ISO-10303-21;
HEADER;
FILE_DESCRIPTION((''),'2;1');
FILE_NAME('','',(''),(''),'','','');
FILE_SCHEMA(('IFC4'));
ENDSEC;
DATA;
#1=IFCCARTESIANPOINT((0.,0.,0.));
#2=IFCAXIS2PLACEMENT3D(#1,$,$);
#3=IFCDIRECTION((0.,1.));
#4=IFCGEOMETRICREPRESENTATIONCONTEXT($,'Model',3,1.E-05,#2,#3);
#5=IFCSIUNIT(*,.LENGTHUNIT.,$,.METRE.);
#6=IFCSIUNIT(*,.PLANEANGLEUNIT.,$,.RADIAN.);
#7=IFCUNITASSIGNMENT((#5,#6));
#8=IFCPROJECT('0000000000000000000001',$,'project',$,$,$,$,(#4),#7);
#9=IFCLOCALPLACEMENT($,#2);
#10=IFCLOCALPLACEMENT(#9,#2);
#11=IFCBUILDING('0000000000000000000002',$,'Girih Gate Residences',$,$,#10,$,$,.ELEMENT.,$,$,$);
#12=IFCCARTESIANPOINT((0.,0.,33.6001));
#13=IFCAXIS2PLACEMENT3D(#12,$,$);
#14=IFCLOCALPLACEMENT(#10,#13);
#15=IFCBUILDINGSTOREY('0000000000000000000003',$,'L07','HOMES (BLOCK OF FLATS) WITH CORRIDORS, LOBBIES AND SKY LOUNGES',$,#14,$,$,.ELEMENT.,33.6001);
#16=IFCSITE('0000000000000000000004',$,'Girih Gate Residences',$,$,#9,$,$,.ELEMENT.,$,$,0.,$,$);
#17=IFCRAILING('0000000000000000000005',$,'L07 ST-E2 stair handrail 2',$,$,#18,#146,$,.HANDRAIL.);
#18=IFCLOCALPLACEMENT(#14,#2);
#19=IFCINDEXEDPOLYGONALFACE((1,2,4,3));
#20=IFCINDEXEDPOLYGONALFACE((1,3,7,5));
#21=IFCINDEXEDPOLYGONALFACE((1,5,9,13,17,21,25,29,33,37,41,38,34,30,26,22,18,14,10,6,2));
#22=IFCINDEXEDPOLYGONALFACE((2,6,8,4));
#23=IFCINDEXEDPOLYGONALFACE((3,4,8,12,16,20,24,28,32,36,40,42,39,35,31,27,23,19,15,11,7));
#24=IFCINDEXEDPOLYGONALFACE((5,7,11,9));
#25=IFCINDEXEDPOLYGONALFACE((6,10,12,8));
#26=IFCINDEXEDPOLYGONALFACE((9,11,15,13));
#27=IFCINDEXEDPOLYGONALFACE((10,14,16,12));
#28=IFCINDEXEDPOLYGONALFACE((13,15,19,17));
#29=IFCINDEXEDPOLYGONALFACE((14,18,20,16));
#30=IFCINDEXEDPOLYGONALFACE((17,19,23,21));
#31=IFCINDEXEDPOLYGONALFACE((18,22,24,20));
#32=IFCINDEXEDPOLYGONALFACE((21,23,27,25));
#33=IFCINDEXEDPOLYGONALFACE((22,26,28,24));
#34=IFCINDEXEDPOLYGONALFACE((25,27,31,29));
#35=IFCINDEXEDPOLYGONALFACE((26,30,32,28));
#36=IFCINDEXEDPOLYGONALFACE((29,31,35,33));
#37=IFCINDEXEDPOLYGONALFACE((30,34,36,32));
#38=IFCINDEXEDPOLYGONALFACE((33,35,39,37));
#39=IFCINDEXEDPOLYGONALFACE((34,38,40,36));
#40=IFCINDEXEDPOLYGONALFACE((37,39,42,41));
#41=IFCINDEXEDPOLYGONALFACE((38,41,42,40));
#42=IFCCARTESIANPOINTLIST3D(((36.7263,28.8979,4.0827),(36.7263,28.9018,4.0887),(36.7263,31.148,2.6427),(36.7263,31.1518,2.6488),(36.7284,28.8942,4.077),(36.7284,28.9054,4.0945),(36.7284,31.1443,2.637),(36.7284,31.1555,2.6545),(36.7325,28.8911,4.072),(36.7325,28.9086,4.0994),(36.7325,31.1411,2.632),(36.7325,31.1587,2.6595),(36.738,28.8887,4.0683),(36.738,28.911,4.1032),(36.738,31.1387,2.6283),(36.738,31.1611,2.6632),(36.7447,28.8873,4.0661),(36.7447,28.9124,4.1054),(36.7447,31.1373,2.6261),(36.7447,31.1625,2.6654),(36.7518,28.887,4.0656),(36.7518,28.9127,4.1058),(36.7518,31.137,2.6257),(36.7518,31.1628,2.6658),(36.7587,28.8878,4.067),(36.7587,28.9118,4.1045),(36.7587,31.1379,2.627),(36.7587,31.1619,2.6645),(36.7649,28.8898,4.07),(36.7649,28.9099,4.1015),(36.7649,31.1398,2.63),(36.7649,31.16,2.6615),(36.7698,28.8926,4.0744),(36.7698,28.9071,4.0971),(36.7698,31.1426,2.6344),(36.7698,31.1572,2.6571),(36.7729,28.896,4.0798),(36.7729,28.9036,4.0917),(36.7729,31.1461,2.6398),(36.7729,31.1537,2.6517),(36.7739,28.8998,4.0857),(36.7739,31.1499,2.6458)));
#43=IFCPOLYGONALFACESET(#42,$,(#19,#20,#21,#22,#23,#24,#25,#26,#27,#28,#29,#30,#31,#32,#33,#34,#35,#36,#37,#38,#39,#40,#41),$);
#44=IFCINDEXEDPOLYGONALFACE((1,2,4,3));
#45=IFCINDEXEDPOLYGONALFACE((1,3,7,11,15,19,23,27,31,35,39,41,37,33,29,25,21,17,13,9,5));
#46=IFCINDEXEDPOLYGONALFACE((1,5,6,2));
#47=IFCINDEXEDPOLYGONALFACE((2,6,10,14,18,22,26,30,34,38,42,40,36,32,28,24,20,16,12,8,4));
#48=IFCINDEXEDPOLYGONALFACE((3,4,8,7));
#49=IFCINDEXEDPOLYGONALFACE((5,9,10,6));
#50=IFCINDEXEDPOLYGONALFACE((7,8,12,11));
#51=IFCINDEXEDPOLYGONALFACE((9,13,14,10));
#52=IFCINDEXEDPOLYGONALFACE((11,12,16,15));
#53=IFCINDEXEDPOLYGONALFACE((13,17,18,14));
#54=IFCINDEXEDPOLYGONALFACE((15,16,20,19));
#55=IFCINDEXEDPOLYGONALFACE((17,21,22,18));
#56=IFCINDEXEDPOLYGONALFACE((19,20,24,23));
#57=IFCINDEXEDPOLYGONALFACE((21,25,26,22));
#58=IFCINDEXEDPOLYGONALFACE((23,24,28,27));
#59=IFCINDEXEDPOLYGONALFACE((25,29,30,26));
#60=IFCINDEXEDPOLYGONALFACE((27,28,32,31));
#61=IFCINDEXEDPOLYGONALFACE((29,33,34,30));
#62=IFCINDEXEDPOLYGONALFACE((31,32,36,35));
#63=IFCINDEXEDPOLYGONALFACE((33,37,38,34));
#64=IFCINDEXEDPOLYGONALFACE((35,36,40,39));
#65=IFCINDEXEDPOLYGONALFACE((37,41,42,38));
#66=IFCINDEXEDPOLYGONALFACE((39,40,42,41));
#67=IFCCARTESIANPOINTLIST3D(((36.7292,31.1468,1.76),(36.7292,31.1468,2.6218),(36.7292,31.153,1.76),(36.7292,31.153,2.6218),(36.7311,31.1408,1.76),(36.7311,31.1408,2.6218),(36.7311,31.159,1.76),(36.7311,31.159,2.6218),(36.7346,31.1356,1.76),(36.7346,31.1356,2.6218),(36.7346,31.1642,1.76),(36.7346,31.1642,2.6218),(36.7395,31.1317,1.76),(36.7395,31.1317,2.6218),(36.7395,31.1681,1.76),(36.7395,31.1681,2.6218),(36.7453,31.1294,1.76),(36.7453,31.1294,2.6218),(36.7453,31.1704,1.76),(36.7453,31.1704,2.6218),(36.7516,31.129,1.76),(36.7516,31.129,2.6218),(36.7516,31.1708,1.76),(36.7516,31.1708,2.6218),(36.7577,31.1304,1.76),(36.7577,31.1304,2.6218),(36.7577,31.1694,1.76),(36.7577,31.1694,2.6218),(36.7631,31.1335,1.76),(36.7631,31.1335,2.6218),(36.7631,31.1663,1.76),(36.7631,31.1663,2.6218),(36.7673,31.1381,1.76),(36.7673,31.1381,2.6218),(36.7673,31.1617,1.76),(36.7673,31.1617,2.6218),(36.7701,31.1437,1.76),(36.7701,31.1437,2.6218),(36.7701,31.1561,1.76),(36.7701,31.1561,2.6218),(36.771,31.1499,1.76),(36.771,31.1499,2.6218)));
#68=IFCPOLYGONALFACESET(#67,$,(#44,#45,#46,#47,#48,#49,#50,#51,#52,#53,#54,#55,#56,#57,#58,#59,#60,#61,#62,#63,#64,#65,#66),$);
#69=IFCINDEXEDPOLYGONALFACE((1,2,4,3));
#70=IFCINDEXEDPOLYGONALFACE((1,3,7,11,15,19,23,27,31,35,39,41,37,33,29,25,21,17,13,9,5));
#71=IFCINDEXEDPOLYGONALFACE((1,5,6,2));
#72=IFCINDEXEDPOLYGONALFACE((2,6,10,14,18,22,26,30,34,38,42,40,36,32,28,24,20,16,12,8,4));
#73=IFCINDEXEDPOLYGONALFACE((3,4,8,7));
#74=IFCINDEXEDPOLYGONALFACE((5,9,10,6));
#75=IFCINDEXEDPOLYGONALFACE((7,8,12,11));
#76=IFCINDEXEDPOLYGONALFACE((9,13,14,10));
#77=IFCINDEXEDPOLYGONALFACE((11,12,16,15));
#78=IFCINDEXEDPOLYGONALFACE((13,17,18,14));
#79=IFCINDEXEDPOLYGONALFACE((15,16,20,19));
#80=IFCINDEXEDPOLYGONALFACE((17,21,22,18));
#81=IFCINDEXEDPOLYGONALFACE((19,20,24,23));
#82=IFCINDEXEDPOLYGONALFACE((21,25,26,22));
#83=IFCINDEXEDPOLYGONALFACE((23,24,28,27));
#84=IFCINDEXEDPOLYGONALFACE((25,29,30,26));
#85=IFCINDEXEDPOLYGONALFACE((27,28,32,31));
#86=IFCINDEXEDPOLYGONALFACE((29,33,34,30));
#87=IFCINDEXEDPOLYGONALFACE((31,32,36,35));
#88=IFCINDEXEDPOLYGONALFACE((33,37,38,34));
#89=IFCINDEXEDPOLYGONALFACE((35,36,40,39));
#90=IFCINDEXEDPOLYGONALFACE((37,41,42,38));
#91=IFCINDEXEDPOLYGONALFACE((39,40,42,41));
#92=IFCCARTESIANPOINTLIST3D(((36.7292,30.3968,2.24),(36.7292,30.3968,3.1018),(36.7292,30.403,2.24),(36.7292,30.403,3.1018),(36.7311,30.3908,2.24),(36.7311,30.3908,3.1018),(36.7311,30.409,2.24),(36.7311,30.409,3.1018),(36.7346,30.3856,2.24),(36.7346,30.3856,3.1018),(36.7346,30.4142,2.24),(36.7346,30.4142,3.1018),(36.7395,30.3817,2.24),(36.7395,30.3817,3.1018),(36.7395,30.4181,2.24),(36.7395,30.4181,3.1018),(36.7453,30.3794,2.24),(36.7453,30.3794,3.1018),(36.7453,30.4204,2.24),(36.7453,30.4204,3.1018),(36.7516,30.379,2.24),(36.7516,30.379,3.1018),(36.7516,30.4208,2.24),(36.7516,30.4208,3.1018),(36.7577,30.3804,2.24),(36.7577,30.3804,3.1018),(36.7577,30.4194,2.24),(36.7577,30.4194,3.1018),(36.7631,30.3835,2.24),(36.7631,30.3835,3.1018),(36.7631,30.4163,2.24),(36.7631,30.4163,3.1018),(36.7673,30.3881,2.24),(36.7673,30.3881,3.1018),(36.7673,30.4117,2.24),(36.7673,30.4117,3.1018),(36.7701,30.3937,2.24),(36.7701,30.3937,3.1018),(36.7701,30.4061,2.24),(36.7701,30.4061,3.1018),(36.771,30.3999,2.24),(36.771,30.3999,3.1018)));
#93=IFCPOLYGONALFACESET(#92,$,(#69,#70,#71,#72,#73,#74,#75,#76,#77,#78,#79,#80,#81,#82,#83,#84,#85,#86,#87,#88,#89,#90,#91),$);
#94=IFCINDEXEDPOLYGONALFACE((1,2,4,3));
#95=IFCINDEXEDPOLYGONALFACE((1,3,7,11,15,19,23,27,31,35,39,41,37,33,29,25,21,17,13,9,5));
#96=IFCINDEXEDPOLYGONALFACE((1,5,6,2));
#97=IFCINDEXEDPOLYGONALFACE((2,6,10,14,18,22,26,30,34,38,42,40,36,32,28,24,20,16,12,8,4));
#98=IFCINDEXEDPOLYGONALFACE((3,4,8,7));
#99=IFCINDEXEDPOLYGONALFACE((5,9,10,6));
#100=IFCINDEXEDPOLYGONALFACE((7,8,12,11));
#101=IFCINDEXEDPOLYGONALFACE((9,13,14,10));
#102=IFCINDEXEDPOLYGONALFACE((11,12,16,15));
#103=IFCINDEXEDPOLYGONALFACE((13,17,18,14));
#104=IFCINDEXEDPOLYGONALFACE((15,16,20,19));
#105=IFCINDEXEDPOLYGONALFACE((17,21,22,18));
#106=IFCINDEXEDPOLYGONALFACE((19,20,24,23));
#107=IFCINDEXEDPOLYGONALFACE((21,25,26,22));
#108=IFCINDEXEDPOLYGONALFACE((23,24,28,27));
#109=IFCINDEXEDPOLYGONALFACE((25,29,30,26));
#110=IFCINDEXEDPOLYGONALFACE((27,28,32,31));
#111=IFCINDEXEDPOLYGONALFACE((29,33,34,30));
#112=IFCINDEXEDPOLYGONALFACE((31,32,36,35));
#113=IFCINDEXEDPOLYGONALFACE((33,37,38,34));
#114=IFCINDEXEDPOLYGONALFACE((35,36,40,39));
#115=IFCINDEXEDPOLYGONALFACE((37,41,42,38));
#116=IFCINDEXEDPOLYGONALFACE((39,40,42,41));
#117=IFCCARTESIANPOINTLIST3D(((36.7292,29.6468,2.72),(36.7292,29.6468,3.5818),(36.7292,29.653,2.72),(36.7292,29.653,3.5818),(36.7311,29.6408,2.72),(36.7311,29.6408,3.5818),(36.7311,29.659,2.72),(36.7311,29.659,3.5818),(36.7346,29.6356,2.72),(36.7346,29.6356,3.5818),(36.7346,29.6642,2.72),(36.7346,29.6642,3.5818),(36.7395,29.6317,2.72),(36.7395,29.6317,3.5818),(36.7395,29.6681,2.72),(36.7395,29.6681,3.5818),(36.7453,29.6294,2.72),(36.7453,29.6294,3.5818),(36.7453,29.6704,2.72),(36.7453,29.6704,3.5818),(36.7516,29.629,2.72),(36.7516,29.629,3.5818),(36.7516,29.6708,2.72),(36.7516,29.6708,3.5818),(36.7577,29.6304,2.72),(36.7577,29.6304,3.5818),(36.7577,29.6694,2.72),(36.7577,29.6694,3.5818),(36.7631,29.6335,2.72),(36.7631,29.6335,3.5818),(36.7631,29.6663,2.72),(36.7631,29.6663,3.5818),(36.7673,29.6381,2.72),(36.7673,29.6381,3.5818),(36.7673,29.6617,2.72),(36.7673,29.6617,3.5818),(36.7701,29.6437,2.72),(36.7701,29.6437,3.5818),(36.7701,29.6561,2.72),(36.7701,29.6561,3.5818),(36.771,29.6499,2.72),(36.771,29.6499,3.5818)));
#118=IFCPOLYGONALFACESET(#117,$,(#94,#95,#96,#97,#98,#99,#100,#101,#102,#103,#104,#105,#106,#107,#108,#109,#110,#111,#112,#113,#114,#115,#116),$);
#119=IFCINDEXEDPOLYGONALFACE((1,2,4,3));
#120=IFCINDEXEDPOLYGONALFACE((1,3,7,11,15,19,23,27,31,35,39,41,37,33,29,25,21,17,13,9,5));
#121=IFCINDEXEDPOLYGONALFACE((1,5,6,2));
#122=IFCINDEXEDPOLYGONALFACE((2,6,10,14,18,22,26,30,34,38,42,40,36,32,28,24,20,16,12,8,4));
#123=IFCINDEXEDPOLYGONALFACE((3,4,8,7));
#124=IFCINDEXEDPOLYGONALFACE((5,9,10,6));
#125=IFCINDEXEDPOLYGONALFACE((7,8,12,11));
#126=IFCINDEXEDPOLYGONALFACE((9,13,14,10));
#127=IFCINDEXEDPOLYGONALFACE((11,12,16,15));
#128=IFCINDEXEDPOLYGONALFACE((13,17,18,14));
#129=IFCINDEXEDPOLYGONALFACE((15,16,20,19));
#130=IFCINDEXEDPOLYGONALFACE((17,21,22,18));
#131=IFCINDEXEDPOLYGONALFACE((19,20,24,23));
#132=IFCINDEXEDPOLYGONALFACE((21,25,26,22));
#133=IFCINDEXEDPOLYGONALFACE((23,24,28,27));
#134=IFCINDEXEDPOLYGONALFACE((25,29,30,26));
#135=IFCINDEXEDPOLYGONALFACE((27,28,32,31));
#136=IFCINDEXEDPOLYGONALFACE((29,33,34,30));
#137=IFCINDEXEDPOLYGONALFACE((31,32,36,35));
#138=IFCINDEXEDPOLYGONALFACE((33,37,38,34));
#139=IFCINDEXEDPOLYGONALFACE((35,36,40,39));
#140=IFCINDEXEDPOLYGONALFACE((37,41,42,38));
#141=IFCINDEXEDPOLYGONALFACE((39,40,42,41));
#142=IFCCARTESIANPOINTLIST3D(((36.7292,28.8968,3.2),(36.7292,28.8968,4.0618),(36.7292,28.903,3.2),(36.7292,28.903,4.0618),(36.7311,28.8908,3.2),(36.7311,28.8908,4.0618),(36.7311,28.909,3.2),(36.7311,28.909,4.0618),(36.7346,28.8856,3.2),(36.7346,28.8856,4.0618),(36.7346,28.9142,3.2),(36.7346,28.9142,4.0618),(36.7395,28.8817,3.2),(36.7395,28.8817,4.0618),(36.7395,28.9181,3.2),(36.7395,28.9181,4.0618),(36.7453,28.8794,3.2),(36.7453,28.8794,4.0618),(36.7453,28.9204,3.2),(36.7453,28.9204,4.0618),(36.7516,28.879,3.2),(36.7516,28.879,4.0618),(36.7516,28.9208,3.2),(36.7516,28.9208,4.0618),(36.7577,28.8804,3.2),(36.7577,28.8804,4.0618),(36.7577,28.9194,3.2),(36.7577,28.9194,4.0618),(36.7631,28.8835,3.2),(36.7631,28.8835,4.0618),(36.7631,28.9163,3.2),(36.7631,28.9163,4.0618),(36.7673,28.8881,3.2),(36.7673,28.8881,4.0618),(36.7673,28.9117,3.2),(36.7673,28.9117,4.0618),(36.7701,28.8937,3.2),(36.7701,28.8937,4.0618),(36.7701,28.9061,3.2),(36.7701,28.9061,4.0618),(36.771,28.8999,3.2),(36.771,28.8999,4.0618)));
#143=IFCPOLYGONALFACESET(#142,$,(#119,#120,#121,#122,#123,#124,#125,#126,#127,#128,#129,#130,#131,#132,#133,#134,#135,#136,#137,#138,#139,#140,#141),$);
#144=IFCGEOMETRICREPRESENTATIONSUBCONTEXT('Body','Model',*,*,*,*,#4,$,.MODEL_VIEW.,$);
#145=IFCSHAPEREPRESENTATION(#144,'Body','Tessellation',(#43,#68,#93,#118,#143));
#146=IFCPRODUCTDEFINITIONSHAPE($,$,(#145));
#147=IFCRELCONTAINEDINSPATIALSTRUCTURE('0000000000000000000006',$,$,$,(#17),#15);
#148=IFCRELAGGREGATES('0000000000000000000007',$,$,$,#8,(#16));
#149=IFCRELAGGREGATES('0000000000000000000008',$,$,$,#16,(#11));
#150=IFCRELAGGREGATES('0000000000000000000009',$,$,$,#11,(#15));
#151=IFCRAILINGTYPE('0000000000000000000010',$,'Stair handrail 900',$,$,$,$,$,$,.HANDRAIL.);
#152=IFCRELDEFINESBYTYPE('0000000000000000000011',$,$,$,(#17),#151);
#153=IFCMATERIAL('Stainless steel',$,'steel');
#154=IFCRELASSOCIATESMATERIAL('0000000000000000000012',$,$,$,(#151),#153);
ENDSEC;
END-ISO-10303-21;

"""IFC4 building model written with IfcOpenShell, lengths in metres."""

from ifc_helpers import new_model, si_unit, direction, frame, origin, origin_2d, place, context, subcontext, project, spatial, circle, extrude, material, type_object, element, save


model = new_model("IFC4")

# Units and contexts
model_context = context("Model", 3, precision=1e-05, world=origin(), true_north=direction((0.0, 1.0)))
body_context = subcontext(model_context, "Body", "Model", "MODEL_VIEW")
ifc_project = project(units=[si_unit("LENGTHUNIT", "METRE"), si_unit("PLANEANGLEUNIT", "RADIAN")], contexts=[model_context])

# Site, building, storey
site_placement = place(None, origin())
site = spatial("IfcSite", under=ifc_project, at=site_placement, Name="Girih Gate Residences", CompositionType="ELEMENT", RefElevation=0.0)
building_placement = place(site_placement, origin())
building = spatial("IfcBuilding", under=site, at=building_placement, Name="Girih Gate Residences", CompositionType="ELEMENT")
storey_placement = place(building_placement, frame((0.0, 0.0, 33.6001)))
storey = spatial("IfcBuildingStorey", under=building, at=storey_placement, Name="L07", Description="HOMES (BLOCK OF FLATS) WITH CORRIDORS, LOBBIES AND SKY LOUNGES", CompositionType="ELEMENT", Elevation=33.6001)

# Shared definitions
ifc_material_1 = material(Name="Stainless steel", Category="steel")

# Railing
railing_type_1 = type_object("IfcRailingType", Name="Stair handrail 900", PredefinedType="HANDRAIL", material=ifc_material_1)
railing_1_placement = place(storey_placement, frame((36.75, 31.1499, 1.76)))
element("IfcRailing", 1, at=railing_1_placement, inside=storey, type_object=railing_type_1, Name="L07 ST-E2 stair handrail 2", PredefinedType="HANDRAIL", context=body_context, shape_type="SweptSolid", body=[
    extrude(circle(Radius=0.0239, at=origin_2d()), frame((0.0, 0.0, 0.8857), z_axis=(0.0, -0.842281, 0.539038), x_axis=(1.0, 0.0, 0.0)), (0.0, 0.0, 1.0), 2.6714),
    extrude(circle(Radius=0.021, at=origin_2d()), origin(), (0.0, 0.0, 1.0), 0.8618),
    extrude(circle(Radius=0.021, at=origin_2d()), frame((0.0, -0.75, 0.48)), (0.0, 0.0, 1.0), 0.8618),
    extrude(circle(Radius=0.021, at=origin_2d()), frame((0.0, -1.5, 0.96)), (0.0, 0.0, 1.0), 0.8618),
    extrude(circle(Radius=0.021, at=origin_2d()), frame((0.0, -2.25, 1.4399)), (0.0, 0.0, 1.0), 0.8618),
])

save(model, "model.ifc")
